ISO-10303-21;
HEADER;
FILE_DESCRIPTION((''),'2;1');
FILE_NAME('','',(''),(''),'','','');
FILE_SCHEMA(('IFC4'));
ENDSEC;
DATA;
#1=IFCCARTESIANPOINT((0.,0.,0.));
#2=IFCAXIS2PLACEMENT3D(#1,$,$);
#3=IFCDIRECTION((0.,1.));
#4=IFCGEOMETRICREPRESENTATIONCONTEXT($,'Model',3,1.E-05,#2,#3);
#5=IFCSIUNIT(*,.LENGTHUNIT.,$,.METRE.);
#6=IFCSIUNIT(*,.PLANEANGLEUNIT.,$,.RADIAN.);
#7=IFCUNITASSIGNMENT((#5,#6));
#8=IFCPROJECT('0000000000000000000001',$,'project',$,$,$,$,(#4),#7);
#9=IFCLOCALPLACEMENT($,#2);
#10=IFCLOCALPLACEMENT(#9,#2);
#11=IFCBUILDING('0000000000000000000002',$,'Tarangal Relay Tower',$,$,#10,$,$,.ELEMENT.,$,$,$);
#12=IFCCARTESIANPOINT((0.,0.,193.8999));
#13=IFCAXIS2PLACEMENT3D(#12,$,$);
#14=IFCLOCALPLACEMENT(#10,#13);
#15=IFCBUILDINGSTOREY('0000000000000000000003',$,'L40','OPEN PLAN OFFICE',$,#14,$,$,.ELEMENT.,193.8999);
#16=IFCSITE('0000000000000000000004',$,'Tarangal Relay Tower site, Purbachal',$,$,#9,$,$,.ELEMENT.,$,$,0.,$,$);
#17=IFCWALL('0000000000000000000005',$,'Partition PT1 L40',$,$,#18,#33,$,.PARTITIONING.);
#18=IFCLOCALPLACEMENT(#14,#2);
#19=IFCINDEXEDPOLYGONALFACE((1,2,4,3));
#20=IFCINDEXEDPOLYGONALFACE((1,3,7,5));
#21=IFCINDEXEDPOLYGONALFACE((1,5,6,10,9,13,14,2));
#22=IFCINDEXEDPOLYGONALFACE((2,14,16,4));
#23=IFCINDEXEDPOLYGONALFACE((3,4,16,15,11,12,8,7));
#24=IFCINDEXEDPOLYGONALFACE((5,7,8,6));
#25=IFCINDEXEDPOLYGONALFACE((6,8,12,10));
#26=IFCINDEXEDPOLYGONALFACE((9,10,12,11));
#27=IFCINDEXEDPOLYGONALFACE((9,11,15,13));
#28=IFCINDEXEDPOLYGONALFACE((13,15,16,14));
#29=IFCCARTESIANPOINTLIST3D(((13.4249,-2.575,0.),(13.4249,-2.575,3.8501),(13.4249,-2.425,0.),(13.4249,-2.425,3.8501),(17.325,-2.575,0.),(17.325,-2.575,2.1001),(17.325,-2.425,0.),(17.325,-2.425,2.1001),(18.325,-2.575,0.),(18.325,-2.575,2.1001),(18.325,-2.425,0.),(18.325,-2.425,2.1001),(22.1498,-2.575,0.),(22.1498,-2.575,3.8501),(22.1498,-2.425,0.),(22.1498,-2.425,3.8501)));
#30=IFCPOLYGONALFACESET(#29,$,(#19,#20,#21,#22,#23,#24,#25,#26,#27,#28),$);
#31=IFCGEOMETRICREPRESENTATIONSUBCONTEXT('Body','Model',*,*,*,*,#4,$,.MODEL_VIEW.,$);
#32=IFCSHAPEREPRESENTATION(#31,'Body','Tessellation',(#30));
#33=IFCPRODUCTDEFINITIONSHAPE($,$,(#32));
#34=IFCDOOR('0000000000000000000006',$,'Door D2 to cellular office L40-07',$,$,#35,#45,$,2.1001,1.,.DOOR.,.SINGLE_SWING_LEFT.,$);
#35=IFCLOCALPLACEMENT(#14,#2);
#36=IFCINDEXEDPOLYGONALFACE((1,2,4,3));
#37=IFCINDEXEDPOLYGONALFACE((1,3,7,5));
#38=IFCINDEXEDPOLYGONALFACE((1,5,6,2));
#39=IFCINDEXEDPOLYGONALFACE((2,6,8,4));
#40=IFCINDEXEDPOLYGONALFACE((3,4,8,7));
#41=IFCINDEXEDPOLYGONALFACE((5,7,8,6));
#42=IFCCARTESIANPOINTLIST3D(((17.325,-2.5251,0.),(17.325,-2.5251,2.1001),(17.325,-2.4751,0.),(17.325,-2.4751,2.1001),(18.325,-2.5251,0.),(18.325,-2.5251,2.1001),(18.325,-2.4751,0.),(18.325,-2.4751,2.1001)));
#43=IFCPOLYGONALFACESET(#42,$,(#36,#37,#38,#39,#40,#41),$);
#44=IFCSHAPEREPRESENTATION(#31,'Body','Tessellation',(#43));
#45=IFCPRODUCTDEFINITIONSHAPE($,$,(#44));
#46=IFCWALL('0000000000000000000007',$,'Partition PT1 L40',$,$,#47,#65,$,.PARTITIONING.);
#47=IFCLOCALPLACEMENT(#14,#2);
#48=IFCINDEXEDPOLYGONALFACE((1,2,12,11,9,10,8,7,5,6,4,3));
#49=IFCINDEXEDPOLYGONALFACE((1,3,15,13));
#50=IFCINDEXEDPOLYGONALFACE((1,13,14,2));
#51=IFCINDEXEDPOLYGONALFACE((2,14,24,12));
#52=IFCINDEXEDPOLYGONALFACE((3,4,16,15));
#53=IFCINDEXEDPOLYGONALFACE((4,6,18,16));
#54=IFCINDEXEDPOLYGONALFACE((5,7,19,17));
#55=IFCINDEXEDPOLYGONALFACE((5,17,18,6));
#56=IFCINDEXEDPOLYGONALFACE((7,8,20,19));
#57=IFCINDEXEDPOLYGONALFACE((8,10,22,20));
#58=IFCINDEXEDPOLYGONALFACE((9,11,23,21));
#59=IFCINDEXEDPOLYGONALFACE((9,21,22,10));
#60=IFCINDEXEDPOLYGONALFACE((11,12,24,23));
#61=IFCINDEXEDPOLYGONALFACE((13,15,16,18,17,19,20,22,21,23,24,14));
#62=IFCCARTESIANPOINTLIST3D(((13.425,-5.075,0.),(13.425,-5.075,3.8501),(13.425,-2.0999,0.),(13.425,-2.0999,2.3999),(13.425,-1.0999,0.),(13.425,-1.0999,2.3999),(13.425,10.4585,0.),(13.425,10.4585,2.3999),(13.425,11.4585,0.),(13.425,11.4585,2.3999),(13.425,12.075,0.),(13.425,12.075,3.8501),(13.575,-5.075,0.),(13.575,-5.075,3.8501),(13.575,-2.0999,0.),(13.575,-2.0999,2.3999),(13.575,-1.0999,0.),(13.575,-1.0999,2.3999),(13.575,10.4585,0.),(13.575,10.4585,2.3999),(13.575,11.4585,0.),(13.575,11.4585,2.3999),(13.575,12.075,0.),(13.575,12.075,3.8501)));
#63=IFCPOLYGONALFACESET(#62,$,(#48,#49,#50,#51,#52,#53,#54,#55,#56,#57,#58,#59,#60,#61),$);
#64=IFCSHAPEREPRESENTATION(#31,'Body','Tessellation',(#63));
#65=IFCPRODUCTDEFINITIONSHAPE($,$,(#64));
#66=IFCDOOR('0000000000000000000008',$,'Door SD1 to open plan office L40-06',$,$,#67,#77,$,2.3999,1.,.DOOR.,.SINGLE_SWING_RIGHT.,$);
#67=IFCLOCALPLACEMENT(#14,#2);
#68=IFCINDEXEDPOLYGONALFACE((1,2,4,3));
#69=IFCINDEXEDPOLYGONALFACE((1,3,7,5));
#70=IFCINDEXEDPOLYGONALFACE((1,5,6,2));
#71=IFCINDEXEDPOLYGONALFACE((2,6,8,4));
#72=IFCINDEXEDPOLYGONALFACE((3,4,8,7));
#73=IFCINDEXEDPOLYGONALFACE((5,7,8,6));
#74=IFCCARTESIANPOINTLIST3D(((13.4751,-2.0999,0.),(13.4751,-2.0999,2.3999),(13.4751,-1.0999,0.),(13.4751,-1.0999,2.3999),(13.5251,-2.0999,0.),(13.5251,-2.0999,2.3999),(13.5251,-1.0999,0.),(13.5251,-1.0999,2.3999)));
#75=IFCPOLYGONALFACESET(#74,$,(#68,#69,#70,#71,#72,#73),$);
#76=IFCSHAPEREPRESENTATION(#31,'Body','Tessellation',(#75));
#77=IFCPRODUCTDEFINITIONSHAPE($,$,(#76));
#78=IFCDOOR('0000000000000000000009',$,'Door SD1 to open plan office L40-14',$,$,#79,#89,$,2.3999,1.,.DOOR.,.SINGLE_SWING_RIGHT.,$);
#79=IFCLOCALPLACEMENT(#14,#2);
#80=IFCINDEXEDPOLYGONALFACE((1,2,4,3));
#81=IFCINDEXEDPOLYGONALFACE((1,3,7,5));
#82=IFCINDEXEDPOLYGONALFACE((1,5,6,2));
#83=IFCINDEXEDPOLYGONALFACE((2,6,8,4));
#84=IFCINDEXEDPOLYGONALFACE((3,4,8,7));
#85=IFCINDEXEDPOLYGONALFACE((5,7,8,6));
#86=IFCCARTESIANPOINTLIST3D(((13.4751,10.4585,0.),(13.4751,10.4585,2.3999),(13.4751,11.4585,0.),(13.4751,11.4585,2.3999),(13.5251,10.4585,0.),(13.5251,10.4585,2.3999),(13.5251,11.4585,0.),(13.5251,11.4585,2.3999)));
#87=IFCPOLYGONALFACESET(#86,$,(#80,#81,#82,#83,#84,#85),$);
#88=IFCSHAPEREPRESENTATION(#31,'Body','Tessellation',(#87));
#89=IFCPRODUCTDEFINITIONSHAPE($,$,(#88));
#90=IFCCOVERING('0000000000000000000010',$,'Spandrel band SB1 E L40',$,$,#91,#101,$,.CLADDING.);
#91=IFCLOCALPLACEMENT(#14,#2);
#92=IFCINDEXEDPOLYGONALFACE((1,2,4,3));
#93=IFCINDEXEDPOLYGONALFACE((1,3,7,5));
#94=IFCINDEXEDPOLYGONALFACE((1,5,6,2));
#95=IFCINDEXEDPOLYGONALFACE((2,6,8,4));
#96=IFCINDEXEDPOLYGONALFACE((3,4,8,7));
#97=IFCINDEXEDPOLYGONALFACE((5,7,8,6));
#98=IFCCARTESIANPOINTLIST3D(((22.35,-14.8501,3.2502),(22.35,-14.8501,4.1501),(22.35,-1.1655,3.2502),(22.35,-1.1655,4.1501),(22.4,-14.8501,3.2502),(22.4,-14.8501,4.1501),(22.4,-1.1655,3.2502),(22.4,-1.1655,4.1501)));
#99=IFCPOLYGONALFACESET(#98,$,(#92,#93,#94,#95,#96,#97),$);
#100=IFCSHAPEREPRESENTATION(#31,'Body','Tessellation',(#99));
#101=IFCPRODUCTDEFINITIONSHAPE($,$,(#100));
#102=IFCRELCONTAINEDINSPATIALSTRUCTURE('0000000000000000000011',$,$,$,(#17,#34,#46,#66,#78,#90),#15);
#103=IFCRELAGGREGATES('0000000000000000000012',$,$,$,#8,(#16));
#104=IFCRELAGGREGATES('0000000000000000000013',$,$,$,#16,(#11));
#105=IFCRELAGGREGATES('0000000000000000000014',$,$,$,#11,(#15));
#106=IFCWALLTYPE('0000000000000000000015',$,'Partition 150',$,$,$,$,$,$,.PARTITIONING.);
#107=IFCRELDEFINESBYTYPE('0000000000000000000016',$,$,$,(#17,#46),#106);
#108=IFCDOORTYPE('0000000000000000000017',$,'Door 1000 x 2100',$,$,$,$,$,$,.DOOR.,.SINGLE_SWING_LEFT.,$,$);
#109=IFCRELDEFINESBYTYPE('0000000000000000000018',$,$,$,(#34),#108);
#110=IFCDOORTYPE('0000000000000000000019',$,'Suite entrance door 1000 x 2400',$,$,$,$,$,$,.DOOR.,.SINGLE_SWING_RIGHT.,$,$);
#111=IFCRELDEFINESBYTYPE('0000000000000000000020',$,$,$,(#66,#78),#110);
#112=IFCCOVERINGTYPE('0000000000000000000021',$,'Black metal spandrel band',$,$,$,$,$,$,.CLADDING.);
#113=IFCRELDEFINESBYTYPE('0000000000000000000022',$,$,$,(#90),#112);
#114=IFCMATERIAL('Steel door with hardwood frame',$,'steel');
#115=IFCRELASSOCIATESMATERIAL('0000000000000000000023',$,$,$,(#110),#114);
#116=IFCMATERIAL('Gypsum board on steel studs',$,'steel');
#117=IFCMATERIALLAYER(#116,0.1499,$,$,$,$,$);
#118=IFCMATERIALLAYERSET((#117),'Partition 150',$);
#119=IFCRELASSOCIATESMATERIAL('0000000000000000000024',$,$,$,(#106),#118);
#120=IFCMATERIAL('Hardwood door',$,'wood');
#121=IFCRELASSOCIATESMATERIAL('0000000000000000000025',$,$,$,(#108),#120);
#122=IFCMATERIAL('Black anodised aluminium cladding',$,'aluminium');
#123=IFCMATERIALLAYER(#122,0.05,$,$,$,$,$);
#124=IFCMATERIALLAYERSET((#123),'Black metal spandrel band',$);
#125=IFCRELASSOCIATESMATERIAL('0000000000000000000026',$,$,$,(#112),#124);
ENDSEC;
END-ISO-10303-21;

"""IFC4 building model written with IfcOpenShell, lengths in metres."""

from ifc_helpers import new_model, si_unit, direction, frame, frame_2d, origin, origin_2d, place, context, subcontext, project, spatial, rectangle, extrude, material, layer, layer_set, type_object, element, fill, save


model = new_model("IFC4")

# Units and contexts
model_context = context("Model", 3, precision=1e-05, world=origin(), true_north=direction((0.0, 1.0)))
body_context = subcontext(model_context, "Body", "Model", "MODEL_VIEW")
ifc_project = project(units=[si_unit("LENGTHUNIT", "METRE"), si_unit("PLANEANGLEUNIT", "RADIAN")], contexts=[model_context])

# Site, building, storey
site_placement = place(None, origin())
site = spatial("IfcSite", under=ifc_project, at=site_placement, Name="Tarangal Relay Tower site, Purbachal", CompositionType="ELEMENT", RefElevation=0.0)
building_placement = place(site_placement, origin())
building = spatial("IfcBuilding", under=site, at=building_placement, Name="Tarangal Relay Tower", CompositionType="ELEMENT")
storey_placement = place(building_placement, frame((0.0, 0.0, 193.8999)))
storey = spatial("IfcBuildingStorey", under=building, at=storey_placement, Name="L40", Description="OPEN PLAN OFFICE", CompositionType="ELEMENT", Elevation=193.8999)

# Shared definitions
ifc_material_1 = material(Name="Steel door with hardwood frame", Category="steel")
door_type_1 = type_object("IfcDoorType", Name="Suite entrance door 1000 x 2400", OperationType="SINGLE_SWING_RIGHT", PredefinedType="DOOR", material=ifc_material_1)

# Wall, opening, door
ifc_material_2 = material(Name="Gypsum board on steel studs", Category="steel")
ifc_layer_1 = layer(ifc_material_2, 0.1499)
ifc_layer_set_1 = layer_set([ifc_layer_1], Name="Partition 150")
wall_type_1 = type_object("IfcWallType", Name="Partition 150", PredefinedType="PARTITIONING", material=ifc_layer_set_1)
wall_1_placement = place(storey_placement, frame((13.425, -2.5, 0.0), z_axis=(0.0, 0.0, 1.0), x_axis=(1.0, 0.0, 0.0)))
wall_1 = element("IfcWall", 1, at=wall_1_placement, inside=storey, type_object=wall_type_1, Name="Partition PT1 L40", PredefinedType="PARTITIONING", context=body_context, shape_type="SweptSolid", body=[
    extrude(rectangle(XDim=8.7249, YDim=0.1499, at=frame_2d((4.3623, 0.0))), origin(), (0.0, 0.0, 1.0), 3.8501),
])
opening_1_placement = place(wall_1_placement, frame((3.8999, 0.0, 0.0)))
opening_1 = element("IfcOpeningElement", 2, at=opening_1_placement, cuts=wall_1, PredefinedType="OPENING", context=body_context, shape_type="SweptSolid", body=[
    extrude(rectangle(XDim=1.0, YDim=2.1001, at=frame_2d((0.5, 1.05))), frame((0.0, 0.085, 0.0), z_axis=(0.0, -1.0, 0.0), x_axis=(1.0, 0.0, 0.0)), (0.0, 0.0, 1.0), 0.1699),
])
ifc_material_3 = material(Name="Hardwood door", Category="wood")
door_type_2 = type_object("IfcDoorType", Name="Door 1000 x 2100", OperationType="SINGLE_SWING_LEFT", PredefinedType="DOOR", material=ifc_material_3)
door_1_placement = place(opening_1_placement, origin())
door_1 = element("IfcDoor", 3, at=door_1_placement, inside=storey, type_object=door_type_2, Name="Door D2 to cellular office L40-07", OperationType="SINGLE_SWING_LEFT", OverallHeight=2.1001, OverallWidth=1.0, PredefinedType="DOOR", context=body_context, shape_type="SweptSolid", body=[
    extrude(rectangle(XDim=1.0, YDim=2.1001, at=frame_2d((0.5, 1.05))), frame((0.0, 0.0249, 0.0), z_axis=(0.0, -1.0, 0.0), x_axis=(1.0, 0.0, 0.0)), (0.0, 0.0, 1.0), 0.05),
])
fill(opening_1, door_1)

# Wall, openings, doors
wall_2_placement = place(storey_placement, frame((13.5, -5.075, 0.0), z_axis=(0.0, 0.0, 1.0), x_axis=(0.0, 1.0, 0.0)))
wall_2 = element("IfcWall", 4, at=wall_2_placement, inside=storey, type_object=wall_type_1, Name="Partition PT1 L40", PredefinedType="PARTITIONING", context=body_context, shape_type="SweptSolid", body=[
    extrude(rectangle(XDim=17.1499, YDim=0.1499, at=frame_2d((8.575, 0.0))), origin(), (0.0, 0.0, 1.0), 3.8501),
])
opening_2_placement = place(wall_2_placement, frame((2.9751, 0.0, 0.0)))
opening_2 = element("IfcOpeningElement", 5, at=opening_2_placement, cuts=wall_2, PredefinedType="OPENING", context=body_context, shape_type="SweptSolid", body=[
    extrude(rectangle(XDim=1.0, YDim=2.3999, at=frame_2d((0.5, 1.2))), frame((0.0, 0.085, 0.0), z_axis=(0.0, -1.0, 0.0), x_axis=(1.0, 0.0, 0.0)), (0.0, 0.0, 1.0), 0.1699),
])
opening_3_placement = place(wall_2_placement, frame((15.5334, 0.0, 0.0)))
opening_3 = element("IfcOpeningElement", 6, at=opening_3_placement, cuts=wall_2, PredefinedType="OPENING", context=body_context, shape_type="SweptSolid", body=[
    extrude(rectangle(XDim=1.0, YDim=2.3999, at=frame_2d((0.5, 1.2))), frame((0.0, 0.085, 0.0), z_axis=(0.0, -1.0, 0.0), x_axis=(1.0, 0.0, 0.0)), (0.0, 0.0, 1.0), 0.1699),
])
door_2_placement = place(opening_2_placement, origin())
door_2 = element("IfcDoor", 7, at=door_2_placement, inside=storey, type_object=door_type_1, Name="Door SD1 to open plan office L40-06", OperationType="SINGLE_SWING_RIGHT", OverallHeight=2.3999, OverallWidth=1.0, PredefinedType="DOOR", context=body_context, shape_type="SweptSolid", body=[
    extrude(rectangle(XDim=1.0, YDim=2.3999, at=frame_2d((0.5, 1.2))), frame((0.0, 0.0249, 0.0), z_axis=(0.0, -1.0, 0.0), x_axis=(1.0, 0.0, 0.0)), (0.0, 0.0, 1.0), 0.05),
])
fill(opening_2, door_2)
door_3_placement = place(opening_3_placement, origin())
door_3 = element("IfcDoor", 8, at=door_3_placement, inside=storey, type_object=door_type_1, Name="Door SD1 to open plan office L40-14", OperationType="SINGLE_SWING_RIGHT", OverallHeight=2.3999, OverallWidth=1.0, PredefinedType="DOOR", context=body_context, shape_type="SweptSolid", body=[
    extrude(rectangle(XDim=1.0, YDim=2.3999, at=frame_2d((0.5, 1.2))), frame((0.0, 0.0249, 0.0), z_axis=(0.0, -1.0, 0.0), x_axis=(1.0, 0.0, 0.0)), (0.0, 0.0, 1.0), 0.05),
])
fill(opening_3, door_3)

# Covering
ifc_material_4 = material(Name="Black anodised aluminium cladding", Category="aluminium")
ifc_layer_2 = layer(ifc_material_4, 0.05)
ifc_layer_set_2 = layer_set([ifc_layer_2], Name="Black metal spandrel band")
covering_type = type_object("IfcCoveringType", Name="Black metal spandrel band", PredefinedType="CLADDING", material=ifc_layer_set_2)
covering_placement = place(storey_placement, frame((22.375, -8.0078, 3.2502), z_axis=(0.0, 0.0, 1.0), x_axis=(0.0, -1.0, 0.0)))
element("IfcCovering", 9, at=covering_placement, inside=storey, type_object=covering_type, Name="Spandrel band SB1 E L40", PredefinedType="CLADDING", context=body_context, shape_type="SweptSolid", body=[
    extrude(rectangle(XDim=13.6846, YDim=0.05, at=origin_2d()), origin(), (0.0, 0.0, 1.0), 0.8999),
])

save(model, "model.ifc")
